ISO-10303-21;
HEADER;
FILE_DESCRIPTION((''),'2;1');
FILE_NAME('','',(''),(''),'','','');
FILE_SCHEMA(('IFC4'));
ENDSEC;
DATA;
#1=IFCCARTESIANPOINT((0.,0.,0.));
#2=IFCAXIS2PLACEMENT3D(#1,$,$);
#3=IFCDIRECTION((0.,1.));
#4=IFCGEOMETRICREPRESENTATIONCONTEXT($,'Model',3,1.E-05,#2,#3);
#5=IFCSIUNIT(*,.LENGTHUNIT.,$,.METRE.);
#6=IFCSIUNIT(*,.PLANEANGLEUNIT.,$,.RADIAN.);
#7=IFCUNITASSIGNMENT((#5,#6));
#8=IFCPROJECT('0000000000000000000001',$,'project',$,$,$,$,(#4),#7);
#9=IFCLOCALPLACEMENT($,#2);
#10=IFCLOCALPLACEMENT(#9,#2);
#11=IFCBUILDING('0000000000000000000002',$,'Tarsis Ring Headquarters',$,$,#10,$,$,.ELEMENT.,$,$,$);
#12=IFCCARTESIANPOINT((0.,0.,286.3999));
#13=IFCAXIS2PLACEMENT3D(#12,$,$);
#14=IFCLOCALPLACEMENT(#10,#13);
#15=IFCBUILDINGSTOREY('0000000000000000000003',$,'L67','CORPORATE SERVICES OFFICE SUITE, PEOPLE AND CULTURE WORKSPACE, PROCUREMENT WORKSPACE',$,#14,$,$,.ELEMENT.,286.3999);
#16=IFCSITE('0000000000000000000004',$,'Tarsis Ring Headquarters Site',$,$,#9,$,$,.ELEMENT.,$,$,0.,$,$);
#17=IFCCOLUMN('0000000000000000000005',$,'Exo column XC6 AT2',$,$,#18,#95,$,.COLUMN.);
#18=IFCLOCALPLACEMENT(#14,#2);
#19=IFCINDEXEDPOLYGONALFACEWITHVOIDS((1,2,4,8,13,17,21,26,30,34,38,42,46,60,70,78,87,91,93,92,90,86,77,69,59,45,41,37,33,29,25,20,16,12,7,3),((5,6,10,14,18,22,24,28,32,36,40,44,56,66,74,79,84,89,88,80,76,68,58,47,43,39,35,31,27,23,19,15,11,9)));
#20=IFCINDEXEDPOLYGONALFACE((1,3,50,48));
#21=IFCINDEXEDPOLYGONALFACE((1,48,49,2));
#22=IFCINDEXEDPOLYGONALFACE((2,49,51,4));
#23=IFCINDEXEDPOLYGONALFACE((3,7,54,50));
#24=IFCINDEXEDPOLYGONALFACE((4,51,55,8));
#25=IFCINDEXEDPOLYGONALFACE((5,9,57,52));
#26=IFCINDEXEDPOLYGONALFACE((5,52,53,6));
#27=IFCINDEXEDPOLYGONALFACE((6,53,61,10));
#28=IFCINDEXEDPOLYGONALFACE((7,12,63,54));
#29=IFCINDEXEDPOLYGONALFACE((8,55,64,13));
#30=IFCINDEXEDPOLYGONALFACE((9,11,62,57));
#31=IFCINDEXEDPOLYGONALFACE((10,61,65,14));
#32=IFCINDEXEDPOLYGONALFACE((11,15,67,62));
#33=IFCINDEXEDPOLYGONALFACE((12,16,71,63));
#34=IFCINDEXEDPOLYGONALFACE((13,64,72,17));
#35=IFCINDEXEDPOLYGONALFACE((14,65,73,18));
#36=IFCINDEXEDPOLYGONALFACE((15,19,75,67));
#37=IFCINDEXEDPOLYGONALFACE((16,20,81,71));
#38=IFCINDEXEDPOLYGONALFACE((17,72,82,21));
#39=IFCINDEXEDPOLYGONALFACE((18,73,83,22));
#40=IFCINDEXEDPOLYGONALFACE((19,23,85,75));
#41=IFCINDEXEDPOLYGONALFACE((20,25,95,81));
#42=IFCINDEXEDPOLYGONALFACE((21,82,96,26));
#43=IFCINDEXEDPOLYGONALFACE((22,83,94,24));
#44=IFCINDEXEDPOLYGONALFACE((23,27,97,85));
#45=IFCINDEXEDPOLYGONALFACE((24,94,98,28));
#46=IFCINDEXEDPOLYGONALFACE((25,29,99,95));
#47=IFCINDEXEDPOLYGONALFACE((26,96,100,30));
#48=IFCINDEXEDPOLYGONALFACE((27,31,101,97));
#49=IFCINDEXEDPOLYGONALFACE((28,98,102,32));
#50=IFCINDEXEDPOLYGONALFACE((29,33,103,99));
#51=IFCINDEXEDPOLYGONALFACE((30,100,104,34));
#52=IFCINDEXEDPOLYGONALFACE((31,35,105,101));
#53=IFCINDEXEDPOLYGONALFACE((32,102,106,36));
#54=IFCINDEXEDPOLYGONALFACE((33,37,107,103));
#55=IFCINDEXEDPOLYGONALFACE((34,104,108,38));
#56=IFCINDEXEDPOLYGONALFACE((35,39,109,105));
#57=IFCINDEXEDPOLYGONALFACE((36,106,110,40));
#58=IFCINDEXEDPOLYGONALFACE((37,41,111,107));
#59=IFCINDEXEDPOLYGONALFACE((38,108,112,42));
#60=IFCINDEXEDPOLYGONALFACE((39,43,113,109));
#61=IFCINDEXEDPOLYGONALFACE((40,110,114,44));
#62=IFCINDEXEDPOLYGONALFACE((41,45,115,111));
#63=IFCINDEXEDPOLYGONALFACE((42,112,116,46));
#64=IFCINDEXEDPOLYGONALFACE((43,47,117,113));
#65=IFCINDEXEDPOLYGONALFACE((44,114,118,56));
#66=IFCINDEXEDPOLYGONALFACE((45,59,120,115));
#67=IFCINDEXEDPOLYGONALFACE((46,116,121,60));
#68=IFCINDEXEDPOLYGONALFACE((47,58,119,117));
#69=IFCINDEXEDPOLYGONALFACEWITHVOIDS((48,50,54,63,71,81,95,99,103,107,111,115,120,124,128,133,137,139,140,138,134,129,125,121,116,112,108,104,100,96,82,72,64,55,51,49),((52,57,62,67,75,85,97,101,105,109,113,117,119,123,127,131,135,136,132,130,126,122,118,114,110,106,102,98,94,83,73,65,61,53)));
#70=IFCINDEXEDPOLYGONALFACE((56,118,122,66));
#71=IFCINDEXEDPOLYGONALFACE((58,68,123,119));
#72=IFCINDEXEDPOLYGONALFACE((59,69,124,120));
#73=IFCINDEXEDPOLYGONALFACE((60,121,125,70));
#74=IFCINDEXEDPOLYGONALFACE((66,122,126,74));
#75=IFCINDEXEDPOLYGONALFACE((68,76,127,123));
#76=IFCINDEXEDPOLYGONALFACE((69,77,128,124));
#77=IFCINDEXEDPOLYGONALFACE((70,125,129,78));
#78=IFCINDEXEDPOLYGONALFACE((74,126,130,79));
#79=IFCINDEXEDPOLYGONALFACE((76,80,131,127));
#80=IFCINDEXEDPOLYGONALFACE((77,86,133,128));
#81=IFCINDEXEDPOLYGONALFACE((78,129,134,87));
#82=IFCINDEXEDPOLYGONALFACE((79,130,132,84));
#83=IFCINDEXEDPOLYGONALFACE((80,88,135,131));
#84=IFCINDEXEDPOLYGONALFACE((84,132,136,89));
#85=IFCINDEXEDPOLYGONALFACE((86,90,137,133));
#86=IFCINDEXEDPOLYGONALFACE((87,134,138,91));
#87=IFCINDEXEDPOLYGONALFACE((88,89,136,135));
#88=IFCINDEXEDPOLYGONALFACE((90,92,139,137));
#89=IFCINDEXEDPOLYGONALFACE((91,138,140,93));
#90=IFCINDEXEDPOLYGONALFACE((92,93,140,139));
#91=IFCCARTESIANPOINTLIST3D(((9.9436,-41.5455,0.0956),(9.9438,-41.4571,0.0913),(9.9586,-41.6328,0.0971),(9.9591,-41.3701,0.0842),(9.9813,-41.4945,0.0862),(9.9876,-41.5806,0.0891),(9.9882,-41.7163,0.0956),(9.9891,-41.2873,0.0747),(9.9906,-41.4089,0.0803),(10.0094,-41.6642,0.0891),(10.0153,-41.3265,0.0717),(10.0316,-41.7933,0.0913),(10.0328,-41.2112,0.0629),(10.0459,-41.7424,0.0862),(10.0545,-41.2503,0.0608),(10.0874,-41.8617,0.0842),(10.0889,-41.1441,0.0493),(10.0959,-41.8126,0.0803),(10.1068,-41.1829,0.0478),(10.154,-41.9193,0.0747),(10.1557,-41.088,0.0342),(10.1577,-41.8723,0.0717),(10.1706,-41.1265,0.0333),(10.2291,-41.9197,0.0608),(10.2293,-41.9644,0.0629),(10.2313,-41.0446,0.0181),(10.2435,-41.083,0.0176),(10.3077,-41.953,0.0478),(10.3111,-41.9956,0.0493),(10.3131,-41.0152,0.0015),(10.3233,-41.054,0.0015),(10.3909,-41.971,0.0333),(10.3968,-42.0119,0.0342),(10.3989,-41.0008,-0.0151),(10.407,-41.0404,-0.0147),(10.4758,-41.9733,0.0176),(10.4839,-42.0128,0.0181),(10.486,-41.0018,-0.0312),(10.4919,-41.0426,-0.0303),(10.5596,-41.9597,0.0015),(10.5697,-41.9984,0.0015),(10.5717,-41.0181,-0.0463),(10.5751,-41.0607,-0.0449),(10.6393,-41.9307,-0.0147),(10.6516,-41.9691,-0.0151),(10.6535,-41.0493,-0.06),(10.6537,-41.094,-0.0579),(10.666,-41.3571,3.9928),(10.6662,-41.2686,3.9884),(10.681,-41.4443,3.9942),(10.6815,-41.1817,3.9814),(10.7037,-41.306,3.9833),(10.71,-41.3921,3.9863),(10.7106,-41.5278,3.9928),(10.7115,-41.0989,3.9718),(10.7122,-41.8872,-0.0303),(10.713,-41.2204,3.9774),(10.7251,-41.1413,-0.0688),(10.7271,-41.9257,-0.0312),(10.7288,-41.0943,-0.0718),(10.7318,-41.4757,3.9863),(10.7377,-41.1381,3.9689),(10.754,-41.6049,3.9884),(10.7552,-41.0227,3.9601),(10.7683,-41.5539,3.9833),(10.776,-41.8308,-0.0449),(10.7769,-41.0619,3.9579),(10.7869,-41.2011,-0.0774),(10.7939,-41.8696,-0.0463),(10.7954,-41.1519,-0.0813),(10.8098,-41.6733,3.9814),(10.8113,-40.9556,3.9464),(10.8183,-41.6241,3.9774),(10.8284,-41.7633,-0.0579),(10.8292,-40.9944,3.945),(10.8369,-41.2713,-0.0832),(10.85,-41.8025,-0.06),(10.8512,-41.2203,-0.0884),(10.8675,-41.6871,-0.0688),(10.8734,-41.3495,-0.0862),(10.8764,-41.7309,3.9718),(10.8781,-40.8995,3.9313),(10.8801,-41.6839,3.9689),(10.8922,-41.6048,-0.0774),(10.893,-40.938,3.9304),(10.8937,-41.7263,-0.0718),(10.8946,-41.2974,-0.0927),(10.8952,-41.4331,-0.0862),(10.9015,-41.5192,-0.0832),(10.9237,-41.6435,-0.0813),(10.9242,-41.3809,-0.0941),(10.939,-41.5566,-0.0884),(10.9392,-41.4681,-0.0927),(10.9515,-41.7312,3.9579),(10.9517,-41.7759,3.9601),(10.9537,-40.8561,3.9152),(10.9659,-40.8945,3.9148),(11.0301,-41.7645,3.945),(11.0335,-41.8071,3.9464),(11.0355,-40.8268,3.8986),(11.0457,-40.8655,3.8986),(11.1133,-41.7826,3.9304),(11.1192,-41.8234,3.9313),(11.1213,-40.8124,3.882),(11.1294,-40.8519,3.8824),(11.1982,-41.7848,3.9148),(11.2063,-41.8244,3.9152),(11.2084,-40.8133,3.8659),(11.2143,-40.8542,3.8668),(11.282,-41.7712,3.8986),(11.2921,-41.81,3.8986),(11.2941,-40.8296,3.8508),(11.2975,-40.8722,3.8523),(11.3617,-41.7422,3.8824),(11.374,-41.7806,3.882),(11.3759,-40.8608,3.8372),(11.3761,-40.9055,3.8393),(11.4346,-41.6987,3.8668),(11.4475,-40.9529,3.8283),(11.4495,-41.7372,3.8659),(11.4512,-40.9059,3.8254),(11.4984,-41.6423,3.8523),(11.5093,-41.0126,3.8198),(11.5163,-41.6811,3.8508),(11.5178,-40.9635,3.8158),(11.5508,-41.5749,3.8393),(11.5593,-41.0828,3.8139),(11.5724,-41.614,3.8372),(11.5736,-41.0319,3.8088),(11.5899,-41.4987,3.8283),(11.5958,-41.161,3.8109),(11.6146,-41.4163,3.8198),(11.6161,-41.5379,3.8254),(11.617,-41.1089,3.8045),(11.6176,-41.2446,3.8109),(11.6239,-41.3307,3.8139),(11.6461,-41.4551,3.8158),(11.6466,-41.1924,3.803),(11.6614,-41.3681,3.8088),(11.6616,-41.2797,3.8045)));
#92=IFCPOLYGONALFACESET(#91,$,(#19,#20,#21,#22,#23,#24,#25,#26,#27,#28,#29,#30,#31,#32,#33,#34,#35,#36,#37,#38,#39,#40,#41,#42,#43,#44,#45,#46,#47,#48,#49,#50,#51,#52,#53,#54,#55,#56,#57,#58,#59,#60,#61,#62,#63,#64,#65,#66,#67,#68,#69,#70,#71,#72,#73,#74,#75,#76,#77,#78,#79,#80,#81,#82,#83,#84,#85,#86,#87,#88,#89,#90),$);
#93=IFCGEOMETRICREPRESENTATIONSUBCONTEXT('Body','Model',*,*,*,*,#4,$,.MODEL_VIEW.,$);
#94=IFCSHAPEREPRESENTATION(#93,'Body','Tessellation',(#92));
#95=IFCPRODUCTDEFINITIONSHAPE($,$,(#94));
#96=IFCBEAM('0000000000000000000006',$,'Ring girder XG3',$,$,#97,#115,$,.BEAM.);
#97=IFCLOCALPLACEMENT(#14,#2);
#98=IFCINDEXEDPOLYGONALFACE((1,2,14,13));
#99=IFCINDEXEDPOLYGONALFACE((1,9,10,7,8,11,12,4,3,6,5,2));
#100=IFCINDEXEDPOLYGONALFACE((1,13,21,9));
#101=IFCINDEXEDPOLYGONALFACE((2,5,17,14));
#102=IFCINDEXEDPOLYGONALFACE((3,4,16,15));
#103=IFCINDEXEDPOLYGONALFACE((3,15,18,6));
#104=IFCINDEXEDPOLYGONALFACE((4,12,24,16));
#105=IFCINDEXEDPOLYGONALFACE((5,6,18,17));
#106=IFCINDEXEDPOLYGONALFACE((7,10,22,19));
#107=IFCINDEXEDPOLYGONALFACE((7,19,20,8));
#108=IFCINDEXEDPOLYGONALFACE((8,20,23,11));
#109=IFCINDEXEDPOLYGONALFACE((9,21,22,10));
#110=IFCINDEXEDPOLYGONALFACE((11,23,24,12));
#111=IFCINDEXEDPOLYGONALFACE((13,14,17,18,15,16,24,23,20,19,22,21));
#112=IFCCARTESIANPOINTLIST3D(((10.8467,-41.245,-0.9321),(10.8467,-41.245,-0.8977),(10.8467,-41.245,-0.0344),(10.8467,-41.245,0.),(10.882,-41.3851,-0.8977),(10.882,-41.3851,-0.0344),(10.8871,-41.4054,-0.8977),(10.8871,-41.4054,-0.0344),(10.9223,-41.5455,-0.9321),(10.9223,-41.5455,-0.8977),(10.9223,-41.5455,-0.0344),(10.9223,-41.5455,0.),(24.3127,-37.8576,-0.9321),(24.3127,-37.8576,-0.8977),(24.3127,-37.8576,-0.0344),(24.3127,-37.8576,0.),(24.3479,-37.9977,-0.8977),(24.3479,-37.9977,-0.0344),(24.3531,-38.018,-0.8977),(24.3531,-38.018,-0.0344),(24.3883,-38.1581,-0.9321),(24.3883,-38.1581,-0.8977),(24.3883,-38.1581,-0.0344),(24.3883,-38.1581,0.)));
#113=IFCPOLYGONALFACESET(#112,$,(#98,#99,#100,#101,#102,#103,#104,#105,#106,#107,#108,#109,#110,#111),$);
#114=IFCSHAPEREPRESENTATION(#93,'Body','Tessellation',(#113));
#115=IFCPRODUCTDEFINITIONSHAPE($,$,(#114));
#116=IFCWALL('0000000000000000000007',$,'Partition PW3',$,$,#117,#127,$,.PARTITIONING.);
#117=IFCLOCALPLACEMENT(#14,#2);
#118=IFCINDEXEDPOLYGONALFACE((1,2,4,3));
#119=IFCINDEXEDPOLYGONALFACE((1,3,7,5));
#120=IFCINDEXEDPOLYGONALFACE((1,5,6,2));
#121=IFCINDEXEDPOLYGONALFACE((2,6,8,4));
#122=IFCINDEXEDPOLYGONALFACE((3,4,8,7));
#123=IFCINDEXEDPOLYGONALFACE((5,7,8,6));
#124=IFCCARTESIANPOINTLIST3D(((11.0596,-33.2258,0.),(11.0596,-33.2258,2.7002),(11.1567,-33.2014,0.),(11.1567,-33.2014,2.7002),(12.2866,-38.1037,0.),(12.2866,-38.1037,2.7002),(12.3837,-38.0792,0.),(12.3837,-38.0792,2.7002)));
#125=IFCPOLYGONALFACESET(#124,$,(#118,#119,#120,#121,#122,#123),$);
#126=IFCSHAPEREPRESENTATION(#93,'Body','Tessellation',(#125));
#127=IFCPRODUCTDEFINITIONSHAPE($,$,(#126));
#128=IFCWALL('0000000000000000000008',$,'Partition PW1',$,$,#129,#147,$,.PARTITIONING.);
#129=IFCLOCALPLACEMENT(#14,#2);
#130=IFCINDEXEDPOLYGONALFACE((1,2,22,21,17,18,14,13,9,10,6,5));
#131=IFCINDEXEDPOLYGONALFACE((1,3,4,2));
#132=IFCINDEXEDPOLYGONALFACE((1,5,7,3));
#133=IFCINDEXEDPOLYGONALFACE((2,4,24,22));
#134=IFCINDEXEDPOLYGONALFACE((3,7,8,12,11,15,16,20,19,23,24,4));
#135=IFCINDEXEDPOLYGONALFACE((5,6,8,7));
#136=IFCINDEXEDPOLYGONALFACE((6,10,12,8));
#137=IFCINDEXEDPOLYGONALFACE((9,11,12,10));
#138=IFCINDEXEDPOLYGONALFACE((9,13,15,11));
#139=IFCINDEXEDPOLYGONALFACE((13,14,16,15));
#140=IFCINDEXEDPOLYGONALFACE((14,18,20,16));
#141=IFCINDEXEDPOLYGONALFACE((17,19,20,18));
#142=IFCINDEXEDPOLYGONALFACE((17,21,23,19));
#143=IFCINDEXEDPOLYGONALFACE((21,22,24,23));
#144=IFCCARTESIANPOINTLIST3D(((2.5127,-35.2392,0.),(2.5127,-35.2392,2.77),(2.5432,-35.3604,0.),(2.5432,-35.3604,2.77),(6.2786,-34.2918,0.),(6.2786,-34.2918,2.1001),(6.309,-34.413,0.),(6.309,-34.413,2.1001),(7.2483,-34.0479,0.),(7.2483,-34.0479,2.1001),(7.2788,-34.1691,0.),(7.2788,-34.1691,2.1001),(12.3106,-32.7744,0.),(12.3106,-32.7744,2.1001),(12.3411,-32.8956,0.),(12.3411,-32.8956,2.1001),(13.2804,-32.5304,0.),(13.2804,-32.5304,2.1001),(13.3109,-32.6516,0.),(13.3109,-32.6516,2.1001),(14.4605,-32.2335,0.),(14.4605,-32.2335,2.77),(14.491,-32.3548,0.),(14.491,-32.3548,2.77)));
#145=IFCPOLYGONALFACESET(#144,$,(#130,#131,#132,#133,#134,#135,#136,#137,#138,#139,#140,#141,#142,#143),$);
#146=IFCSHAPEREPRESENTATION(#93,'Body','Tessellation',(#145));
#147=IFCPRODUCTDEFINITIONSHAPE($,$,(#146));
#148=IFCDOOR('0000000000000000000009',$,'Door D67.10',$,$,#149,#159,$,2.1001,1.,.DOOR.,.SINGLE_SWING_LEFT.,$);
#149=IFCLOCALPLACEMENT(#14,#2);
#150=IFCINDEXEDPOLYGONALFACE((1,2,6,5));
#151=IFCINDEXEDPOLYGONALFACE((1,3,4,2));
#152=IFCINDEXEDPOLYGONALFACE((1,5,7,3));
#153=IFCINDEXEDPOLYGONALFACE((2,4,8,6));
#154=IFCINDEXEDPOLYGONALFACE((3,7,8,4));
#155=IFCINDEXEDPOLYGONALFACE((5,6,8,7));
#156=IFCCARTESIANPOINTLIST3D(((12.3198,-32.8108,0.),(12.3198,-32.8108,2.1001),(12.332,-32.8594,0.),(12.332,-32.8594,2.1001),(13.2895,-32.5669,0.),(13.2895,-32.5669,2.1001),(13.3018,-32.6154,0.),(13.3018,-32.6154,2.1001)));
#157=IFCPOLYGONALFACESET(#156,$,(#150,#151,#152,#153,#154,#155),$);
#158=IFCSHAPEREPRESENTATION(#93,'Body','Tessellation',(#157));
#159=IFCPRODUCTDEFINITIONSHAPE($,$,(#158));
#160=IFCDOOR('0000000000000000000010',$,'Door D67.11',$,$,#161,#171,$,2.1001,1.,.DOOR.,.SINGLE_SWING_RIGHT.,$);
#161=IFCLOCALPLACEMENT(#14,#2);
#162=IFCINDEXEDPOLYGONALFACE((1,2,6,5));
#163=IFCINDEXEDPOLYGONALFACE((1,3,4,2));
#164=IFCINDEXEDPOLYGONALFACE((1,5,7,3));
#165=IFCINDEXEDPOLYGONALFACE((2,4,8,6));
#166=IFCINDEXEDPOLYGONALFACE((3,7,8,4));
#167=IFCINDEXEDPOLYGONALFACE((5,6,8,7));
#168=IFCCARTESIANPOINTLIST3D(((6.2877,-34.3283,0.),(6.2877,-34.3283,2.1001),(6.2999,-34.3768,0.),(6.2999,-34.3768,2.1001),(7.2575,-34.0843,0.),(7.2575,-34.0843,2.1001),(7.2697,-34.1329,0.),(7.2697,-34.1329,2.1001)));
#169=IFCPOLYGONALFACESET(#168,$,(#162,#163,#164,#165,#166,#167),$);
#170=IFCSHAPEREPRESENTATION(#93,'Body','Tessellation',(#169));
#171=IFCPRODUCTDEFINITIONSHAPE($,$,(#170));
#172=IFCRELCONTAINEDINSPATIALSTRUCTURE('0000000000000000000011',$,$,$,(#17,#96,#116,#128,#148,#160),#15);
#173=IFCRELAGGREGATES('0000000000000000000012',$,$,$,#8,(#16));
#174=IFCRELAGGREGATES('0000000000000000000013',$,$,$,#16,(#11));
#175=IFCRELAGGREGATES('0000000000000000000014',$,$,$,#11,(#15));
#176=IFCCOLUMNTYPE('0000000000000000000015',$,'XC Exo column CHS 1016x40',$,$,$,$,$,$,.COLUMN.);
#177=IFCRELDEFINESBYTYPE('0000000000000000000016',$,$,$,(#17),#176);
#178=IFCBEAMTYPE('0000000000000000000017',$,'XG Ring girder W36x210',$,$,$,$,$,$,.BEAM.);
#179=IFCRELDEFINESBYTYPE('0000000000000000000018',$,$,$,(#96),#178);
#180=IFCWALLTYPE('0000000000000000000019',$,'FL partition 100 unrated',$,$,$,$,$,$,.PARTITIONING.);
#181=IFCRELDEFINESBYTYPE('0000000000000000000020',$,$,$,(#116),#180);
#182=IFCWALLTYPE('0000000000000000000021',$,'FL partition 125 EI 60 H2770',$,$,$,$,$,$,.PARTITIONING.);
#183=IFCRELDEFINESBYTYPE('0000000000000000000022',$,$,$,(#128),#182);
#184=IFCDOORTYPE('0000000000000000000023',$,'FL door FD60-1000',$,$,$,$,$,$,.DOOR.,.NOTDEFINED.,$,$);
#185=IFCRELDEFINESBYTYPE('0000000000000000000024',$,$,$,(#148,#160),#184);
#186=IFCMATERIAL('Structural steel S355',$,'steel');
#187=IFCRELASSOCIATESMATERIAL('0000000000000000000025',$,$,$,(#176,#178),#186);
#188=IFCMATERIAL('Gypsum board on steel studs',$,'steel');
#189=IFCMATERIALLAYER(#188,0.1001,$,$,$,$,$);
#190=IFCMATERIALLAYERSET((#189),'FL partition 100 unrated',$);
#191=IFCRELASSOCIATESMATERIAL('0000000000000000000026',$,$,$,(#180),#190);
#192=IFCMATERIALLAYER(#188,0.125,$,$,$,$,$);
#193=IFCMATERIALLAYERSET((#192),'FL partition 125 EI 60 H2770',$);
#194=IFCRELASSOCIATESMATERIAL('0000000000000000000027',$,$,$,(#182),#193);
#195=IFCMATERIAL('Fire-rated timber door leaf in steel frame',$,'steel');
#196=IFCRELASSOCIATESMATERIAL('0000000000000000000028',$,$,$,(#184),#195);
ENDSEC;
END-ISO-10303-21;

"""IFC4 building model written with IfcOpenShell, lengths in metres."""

from ifc_helpers import new_model, si_unit, direction, frame, frame_2d, origin, origin_2d, place, context, subcontext, project, spatial, rectangle, hollow_circle, i_section, extrude, material, layer, layer_set, material_profile, profile_set, type_object, element, fill, save


model = new_model("IFC4")

# Units and contexts
model_context = context("Model", 3, precision=1e-05, world=origin(), true_north=direction((0.0, 1.0)))
body_context = subcontext(model_context, "Body", "Model", "MODEL_VIEW")
ifc_project = project(units=[si_unit("LENGTHUNIT", "METRE"), si_unit("PLANEANGLEUNIT", "RADIAN")], contexts=[model_context])

# Site, building, storey
site_placement = place(None, origin())
site = spatial("IfcSite", under=ifc_project, at=site_placement, Name="Tarsis Ring Headquarters Site", CompositionType="ELEMENT", RefElevation=0.0)
building_placement = place(site_placement, origin())
building = spatial("IfcBuilding", under=site, at=building_placement, Name="Tarsis Ring Headquarters", CompositionType="ELEMENT")
storey_placement = place(building_placement, frame((0.0, 0.0, 286.3999)))
storey = spatial("IfcBuildingStorey", under=building, at=storey_placement, Name="L67", Description="CORPORATE SERVICES OFFICE SUITE, PEOPLE AND CULTURE WORKSPACE, PROCUREMENT WORKSPACE", CompositionType="ELEMENT", Elevation=286.3999)

# Column
ifc_material_1 = material(Name="Structural steel S355", Category="steel")
ifc_material_profile_1 = material_profile(ifc_material_1, hollow_circle(Radius=0.5081, WallThickness=0.04, at=origin_2d()), Name="CHS 1016x40")
ifc_profile_set_1 = profile_set([ifc_material_profile_1], Name="Structural steel S355")
column_type = type_object("IfcColumnType", Name="XC Exo column CHS 1016x40", PredefinedType="COLUMN", material=ifc_profile_set_1)
column_placement = place(storey_placement, frame((10.4414, -41.5068, 0.0015), z_axis=(0.182056, 0.047498, 0.98214), x_axis=(-0.252449, 0.96761, 0.0)))
element("IfcColumn", 1, at=column_placement, inside=storey, type_object=column_type, Name="Exo column XC6 AT2", PredefinedType="COLUMN", context=body_context, shape_type="SweptSolid", body=[
    extrude(hollow_circle(Radius=0.5081, WallThickness=0.04, at=origin_2d()), origin(), (0.0, 0.0, 1.0), 3.968),
])

# Beam
ifc_material_profile_2 = material_profile(ifc_material_1, i_section(OverallWidth=0.3098, OverallDepth=0.9321, WebThickness=0.021, FlangeThickness=0.0344, at=origin_2d()), Name="W36x210")
ifc_profile_set_2 = profile_set([ifc_material_profile_2], Name="Structural steel S355")
beam_type = type_object("IfcBeamType", Name="XG Ring girder W36x210", PredefinedType="BEAM", material=ifc_profile_set_2)
beam_placement = place(storey_placement, frame((10.8845, -41.3953, -0.4661), z_axis=(0.969787, 0.243954, 0.0), x_axis=(-0.243954, 0.969787, 0.0)))
element("IfcBeam", 2, at=beam_placement, inside=storey, type_object=beam_type, Name="Ring girder XG3", PredefinedType="BEAM", context=body_context, shape_type="SweptSolid", body=[
    extrude(i_section(OverallWidth=0.3098, OverallDepth=0.9321, WebThickness=0.021, FlangeThickness=0.0344, at=origin_2d()), origin(), (0.0, 0.0, 1.0), 13.8855),
])

# Wall
ifc_material_2 = material(Name="Gypsum board on steel studs", Category="steel")
ifc_layer_1 = layer(ifc_material_2, 0.1001)
ifc_layer_set_1 = layer_set([ifc_layer_1], Name="FL partition 100 unrated")
wall_type_1 = type_object("IfcWallType", Name="FL partition 100 unrated", PredefinedType="PARTITIONING", material=ifc_layer_set_1)
wall_1_placement = place(storey_placement, frame((11.1082, -33.2136, 0.0), z_axis=(0.0, 0.0, 1.0), x_axis=(0.243952, -0.969787, 0.0)))
element("IfcWall", 3, at=wall_1_placement, inside=storey, type_object=wall_type_1, Name="Partition PW3", PredefinedType="PARTITIONING", context=body_context, shape_type="SweptSolid", body=[
    extrude(rectangle(XDim=5.0298, YDim=0.1001, at=frame_2d((2.5149, 0.0))), origin(), (0.0, 0.0, 1.0), 2.7002),
])

# Wall, openings, doors
ifc_layer_2 = layer(ifc_material_2, 0.125)
ifc_layer_set_2 = layer_set([ifc_layer_2], Name="FL partition 125 EI 60 H2770")
wall_type_2 = type_object("IfcWallType", Name="FL partition 125 EI 60 H2770", PredefinedType="PARTITIONING", material=ifc_layer_set_2)
wall_2_placement = place(storey_placement, frame((2.5278, -35.2998, 0.0), z_axis=(0.0, 0.0, 1.0), x_axis=(0.969785, 0.243962, 0.0)))
wall_2 = element("IfcWall", 4, at=wall_2_placement, inside=storey, type_object=wall_type_2, Name="Partition PW1", PredefinedType="PARTITIONING", context=body_context, shape_type="SweptSolid", body=[
    extrude(rectangle(XDim=12.3201, YDim=0.125, at=frame_2d((6.1602, 0.0))), origin(), (0.0, 0.0, 1.0), 2.77),
])
opening_1_placement = place(wall_2_placement, frame((10.1033, 0.0, 0.0)))
opening_1 = element("IfcOpeningElement", 5, at=opening_1_placement, cuts=wall_2, PredefinedType="OPENING", context=body_context, shape_type="SweptSolid", body=[
    extrude(rectangle(XDim=1.0, YDim=2.1001, at=frame_2d((0.5, 1.05))), frame((0.0, 0.0725, 0.0), z_axis=(0.0, -1.0, 0.0), x_axis=(1.0, 0.0, 0.0)), (0.0, 0.0, 1.0), 0.145),
])
opening_2_placement = place(wall_2_placement, frame((3.8833, 0.0, 0.0)))
opening_2 = element("IfcOpeningElement", 6, at=opening_2_placement, cuts=wall_2, PredefinedType="OPENING", context=body_context, shape_type="SweptSolid", body=[
    extrude(rectangle(XDim=1.0, YDim=2.1001, at=frame_2d((0.5, 1.05))), frame((0.0, 0.0725, 0.0), z_axis=(0.0, -1.0, 0.0), x_axis=(1.0, 0.0, 0.0)), (0.0, 0.0, 1.0), 0.145),
])
ifc_material_3 = material(Name="Fire-rated timber door leaf in steel frame", Category="steel")
door_type = type_object("IfcDoorType", Name="FL door FD60-1000", OperationType="NOTDEFINED", PredefinedType="DOOR", material=ifc_material_3)
door_1_placement = place(opening_1_placement, origin())
door_1 = element("IfcDoor", 7, at=door_1_placement, inside=storey, type_object=door_type, Name="Door D67.10", OperationType="SINGLE_SWING_LEFT", OverallHeight=2.1001, OverallWidth=1.0, PredefinedType="DOOR", context=body_context, shape_type="SweptSolid", body=[
    extrude(rectangle(XDim=1.0, YDim=2.1001, at=frame_2d((0.5, 1.05))), frame((0.0, 0.0249, 0.0), z_axis=(0.0, -1.0, 0.0), x_axis=(1.0, 0.0, 0.0)), (0.0, 0.0, 1.0), 0.05),
])
fill(opening_1, door_1)
door_2_placement = place(opening_2_placement, origin())
door_2 = element("IfcDoor", 8, at=door_2_placement, inside=storey, type_object=door_type, Name="Door D67.11", OperationType="SINGLE_SWING_RIGHT", OverallHeight=2.1001, OverallWidth=1.0, PredefinedType="DOOR", context=body_context, shape_type="SweptSolid", body=[
    extrude(rectangle(XDim=1.0, YDim=2.1001, at=frame_2d((0.5, 1.05))), frame((0.0, 0.0249, 0.0), z_axis=(0.0, -1.0, 0.0), x_axis=(1.0, 0.0, 0.0)), (0.0, 0.0, 1.0), 0.05),
])
fill(opening_2, door_2)

save(model, "model.ifc")
